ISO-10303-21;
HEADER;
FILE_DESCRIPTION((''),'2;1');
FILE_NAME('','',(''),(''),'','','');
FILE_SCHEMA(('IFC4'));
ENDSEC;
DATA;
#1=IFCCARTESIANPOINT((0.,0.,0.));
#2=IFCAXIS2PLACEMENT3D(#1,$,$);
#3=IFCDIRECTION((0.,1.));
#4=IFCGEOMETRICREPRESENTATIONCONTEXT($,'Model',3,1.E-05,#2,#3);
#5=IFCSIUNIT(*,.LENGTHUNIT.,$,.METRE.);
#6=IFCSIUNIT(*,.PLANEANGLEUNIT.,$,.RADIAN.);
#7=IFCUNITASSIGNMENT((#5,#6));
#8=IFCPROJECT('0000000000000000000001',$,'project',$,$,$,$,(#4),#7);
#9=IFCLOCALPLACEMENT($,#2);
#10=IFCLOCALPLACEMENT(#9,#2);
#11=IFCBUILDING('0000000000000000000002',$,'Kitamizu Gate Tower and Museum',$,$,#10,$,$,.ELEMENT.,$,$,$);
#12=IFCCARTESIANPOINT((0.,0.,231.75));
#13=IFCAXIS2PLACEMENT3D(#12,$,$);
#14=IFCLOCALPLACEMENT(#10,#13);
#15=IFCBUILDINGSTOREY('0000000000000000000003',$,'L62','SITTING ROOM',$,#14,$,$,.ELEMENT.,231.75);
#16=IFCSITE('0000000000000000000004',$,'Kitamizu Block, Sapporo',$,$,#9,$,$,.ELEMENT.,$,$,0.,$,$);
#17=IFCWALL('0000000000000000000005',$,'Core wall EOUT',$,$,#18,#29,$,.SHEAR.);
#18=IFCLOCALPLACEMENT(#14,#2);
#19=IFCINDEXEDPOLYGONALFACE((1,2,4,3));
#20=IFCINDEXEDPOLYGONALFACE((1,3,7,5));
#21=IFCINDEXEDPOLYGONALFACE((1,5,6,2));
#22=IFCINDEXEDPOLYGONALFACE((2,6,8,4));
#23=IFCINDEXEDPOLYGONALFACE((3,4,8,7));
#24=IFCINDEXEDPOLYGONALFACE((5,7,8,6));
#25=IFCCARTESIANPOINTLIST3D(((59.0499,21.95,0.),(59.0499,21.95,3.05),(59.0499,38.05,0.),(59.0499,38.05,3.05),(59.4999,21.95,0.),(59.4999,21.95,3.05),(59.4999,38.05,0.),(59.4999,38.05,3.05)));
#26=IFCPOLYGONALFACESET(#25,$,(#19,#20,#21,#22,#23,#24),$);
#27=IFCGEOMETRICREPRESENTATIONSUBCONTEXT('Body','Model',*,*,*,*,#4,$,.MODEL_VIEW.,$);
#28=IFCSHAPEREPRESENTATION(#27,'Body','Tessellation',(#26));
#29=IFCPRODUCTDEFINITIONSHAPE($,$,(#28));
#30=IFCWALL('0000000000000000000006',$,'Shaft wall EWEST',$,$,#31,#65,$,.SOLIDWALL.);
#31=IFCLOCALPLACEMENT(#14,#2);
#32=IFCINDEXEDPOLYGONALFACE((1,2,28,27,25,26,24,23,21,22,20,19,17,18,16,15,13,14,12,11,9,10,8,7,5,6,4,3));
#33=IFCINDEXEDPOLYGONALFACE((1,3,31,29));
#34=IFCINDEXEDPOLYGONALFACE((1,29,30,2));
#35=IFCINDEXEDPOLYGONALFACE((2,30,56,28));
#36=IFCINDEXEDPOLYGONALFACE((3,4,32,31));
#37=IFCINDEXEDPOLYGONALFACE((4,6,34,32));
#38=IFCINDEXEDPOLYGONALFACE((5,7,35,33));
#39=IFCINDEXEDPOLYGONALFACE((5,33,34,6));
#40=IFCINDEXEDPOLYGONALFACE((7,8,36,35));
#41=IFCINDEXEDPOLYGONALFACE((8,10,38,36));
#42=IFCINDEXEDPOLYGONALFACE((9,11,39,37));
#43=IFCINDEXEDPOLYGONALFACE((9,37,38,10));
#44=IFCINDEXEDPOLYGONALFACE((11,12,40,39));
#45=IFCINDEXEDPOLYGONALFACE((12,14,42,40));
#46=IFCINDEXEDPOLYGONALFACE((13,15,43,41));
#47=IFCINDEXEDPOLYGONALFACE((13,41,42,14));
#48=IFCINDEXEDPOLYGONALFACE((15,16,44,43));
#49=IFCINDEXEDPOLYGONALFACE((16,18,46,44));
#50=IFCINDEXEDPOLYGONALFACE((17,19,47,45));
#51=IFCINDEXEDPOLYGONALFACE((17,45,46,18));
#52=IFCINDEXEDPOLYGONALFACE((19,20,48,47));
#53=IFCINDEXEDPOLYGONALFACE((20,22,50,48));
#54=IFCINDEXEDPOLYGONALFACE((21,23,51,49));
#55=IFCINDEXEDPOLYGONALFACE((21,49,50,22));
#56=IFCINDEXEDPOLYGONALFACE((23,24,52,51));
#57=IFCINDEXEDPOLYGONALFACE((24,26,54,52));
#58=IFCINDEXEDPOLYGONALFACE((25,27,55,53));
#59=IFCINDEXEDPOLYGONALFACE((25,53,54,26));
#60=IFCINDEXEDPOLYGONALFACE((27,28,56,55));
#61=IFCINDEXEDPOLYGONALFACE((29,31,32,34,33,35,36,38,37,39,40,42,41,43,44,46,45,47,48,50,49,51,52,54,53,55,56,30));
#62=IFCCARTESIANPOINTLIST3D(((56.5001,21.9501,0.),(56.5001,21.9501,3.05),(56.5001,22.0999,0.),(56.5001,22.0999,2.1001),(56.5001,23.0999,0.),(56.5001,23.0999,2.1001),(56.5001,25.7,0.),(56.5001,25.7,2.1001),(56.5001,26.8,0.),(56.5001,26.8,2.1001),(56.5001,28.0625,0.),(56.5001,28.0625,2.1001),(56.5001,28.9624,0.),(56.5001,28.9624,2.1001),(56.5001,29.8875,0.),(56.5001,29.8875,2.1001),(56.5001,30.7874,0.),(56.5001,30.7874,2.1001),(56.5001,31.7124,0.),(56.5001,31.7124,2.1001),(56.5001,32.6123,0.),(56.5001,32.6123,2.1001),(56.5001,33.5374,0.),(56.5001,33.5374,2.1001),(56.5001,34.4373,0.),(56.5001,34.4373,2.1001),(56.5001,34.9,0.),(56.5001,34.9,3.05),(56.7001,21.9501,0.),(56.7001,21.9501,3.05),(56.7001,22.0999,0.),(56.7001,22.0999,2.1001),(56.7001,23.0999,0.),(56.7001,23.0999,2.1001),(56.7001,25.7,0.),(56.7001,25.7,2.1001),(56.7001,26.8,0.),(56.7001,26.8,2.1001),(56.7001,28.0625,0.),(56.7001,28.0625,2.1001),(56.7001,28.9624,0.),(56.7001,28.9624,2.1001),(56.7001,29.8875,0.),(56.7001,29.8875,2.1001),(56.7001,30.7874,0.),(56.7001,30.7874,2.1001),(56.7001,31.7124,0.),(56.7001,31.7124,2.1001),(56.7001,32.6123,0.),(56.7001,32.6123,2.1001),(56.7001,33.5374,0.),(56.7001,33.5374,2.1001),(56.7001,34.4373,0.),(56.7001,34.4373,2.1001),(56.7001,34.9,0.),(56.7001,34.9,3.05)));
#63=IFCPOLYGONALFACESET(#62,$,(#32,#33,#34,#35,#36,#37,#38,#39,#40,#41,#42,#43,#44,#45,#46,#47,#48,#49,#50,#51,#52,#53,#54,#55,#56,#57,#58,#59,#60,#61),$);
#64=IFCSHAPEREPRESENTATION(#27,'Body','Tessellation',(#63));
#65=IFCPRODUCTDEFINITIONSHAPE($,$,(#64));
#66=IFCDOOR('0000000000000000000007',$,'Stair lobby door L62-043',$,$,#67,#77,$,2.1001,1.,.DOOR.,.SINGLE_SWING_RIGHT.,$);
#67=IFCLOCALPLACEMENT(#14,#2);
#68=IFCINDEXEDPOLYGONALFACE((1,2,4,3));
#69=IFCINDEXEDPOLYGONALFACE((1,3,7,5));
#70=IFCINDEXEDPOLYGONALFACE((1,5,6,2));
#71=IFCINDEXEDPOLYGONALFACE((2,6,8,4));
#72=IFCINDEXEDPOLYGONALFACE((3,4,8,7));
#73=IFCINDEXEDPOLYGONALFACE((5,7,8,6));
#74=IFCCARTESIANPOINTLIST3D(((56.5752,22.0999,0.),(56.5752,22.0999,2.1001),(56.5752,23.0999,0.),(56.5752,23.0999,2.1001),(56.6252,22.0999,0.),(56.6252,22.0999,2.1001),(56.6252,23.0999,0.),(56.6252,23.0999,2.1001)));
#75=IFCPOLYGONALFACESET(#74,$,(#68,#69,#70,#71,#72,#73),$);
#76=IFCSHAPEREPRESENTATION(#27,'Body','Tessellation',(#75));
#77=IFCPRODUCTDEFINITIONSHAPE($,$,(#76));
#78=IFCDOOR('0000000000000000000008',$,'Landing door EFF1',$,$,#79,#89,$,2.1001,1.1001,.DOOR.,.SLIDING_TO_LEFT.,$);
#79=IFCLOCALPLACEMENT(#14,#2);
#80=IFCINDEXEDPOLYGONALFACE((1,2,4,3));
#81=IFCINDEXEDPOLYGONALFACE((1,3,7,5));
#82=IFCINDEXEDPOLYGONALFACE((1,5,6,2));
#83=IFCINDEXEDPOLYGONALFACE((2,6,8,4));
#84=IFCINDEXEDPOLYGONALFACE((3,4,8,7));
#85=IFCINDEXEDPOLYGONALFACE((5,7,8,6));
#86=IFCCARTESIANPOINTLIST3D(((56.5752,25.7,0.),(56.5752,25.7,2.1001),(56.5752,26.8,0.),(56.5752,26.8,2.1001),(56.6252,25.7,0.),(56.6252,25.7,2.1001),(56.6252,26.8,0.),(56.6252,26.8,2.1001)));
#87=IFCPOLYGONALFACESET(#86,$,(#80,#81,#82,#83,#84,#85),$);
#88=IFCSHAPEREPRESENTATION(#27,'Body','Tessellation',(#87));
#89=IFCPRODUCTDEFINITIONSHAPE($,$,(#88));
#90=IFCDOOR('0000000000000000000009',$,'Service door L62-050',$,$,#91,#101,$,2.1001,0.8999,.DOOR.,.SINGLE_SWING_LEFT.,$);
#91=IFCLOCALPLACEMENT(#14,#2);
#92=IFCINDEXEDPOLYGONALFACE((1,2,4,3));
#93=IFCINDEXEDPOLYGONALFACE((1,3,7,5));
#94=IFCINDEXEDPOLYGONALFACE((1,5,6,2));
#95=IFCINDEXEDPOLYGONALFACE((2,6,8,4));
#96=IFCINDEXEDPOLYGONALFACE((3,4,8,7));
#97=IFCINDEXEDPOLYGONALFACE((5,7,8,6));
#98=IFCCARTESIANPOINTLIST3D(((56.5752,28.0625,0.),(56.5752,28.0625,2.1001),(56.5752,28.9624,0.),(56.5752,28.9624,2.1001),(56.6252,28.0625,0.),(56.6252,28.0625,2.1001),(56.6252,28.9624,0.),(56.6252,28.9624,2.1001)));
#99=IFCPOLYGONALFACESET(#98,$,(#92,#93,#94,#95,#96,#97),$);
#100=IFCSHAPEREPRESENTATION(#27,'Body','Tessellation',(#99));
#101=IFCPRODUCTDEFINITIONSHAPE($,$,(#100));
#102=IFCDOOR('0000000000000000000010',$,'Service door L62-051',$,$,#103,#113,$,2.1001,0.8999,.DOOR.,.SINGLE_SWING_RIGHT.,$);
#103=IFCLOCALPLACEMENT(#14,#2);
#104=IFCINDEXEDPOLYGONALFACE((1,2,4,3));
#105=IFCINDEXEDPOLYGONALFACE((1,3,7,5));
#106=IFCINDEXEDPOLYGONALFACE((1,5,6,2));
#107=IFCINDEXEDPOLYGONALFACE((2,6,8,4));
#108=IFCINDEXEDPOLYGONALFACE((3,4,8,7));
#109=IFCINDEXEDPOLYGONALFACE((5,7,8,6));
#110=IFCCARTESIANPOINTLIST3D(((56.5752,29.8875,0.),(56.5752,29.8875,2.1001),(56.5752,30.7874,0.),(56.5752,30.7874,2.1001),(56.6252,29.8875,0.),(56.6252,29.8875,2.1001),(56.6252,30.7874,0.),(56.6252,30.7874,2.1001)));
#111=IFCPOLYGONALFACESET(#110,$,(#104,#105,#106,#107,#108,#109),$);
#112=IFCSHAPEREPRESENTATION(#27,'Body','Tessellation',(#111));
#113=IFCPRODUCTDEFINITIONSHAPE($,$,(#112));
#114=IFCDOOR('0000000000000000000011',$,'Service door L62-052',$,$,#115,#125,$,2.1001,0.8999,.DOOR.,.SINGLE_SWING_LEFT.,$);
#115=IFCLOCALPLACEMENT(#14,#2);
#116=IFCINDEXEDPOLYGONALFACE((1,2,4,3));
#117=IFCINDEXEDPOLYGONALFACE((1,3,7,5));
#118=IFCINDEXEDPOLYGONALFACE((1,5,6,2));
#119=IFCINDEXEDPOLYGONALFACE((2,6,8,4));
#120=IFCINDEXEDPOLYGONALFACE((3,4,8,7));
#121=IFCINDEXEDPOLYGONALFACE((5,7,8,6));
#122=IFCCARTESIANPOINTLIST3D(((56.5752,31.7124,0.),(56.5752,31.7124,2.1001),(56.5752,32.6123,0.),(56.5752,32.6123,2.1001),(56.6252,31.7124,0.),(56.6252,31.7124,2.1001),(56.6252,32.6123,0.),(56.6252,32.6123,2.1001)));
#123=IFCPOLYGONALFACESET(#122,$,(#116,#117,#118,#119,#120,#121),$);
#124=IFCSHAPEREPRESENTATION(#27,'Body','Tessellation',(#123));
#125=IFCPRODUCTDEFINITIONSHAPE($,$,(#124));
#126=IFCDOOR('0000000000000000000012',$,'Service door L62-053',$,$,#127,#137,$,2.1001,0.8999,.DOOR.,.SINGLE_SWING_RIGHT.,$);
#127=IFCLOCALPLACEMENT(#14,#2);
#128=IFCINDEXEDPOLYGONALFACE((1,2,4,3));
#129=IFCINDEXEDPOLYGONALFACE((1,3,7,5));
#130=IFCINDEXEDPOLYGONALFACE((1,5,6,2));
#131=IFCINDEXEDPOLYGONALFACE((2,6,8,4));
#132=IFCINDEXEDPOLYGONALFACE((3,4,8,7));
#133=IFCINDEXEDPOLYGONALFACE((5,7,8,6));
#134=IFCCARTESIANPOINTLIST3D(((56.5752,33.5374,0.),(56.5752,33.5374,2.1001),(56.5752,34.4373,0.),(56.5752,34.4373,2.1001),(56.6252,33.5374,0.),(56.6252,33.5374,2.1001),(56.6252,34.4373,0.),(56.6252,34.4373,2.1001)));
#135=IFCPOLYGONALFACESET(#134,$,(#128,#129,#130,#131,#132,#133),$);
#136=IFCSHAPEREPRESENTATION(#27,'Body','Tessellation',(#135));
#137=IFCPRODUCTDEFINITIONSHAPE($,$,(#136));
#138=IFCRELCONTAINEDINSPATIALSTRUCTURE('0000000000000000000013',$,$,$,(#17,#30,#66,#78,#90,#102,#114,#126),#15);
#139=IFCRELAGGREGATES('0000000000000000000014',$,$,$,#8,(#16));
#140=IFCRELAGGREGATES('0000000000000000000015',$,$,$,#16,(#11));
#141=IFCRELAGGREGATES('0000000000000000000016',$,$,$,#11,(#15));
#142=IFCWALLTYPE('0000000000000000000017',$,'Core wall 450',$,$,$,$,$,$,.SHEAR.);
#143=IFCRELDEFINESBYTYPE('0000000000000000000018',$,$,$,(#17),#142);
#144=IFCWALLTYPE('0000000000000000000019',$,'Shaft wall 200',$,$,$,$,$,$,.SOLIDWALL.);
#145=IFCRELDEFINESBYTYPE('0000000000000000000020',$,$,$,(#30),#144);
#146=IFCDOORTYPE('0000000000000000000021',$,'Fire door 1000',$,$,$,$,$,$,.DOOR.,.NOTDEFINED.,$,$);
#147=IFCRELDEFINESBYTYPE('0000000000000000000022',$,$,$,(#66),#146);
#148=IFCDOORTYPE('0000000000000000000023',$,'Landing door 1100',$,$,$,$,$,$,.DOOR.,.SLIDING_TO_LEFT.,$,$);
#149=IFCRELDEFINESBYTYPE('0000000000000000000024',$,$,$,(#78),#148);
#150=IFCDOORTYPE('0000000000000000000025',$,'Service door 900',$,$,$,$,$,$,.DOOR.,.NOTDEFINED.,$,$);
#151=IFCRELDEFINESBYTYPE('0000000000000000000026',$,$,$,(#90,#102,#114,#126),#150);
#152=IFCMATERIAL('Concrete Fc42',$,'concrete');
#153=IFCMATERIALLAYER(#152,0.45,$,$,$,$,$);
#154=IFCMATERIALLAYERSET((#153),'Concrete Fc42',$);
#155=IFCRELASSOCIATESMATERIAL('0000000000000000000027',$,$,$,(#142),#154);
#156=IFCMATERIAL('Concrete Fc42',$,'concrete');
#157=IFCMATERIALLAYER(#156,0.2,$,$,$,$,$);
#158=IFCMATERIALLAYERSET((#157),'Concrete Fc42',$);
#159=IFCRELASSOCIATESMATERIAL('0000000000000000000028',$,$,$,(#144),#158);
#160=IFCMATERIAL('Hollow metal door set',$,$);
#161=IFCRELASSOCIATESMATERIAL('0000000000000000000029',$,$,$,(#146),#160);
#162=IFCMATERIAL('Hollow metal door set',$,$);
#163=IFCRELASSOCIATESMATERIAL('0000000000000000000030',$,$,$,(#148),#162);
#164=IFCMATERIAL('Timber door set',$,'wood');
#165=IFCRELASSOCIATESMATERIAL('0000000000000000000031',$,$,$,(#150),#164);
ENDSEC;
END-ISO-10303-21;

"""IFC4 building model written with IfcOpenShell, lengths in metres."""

from ifc_helpers import new_model, si_unit, direction, frame, frame_2d, origin, place, context, subcontext, project, spatial, rectangle, extrude, material, layer, layer_set, type_object, element, fill, save


model = new_model("IFC4")

# Units and contexts
model_context = context("Model", 3, precision=1e-05, world=origin(), true_north=direction((0.0, 1.0)))
body_context = subcontext(model_context, "Body", "Model", "MODEL_VIEW")
ifc_project = project(units=[si_unit("LENGTHUNIT", "METRE"), si_unit("PLANEANGLEUNIT", "RADIAN")], contexts=[model_context])

# Site, building, storey
site_placement = place(None, origin())
site = spatial("IfcSite", under=ifc_project, at=site_placement, Name="Kitamizu Block, Sapporo", CompositionType="ELEMENT", RefElevation=0.0)
building_placement = place(site_placement, origin())
building = spatial("IfcBuilding", under=site, at=building_placement, Name="Kitamizu Gate Tower and Museum", CompositionType="ELEMENT")
storey_placement = place(building_placement, frame((0.0, 0.0, 231.75)))
storey = spatial("IfcBuildingStorey", under=building, at=storey_placement, Name="L62", Description="SITTING ROOM", CompositionType="ELEMENT", Elevation=231.75)

# Wall
ifc_material_1 = material(Name="Concrete Fc42", Category="concrete")
ifc_layer_1 = layer(ifc_material_1, 0.45)
ifc_layer_set_1 = layer_set([ifc_layer_1], Name="Concrete Fc42")
wall_type_1 = type_object("IfcWallType", Name="Core wall 450", PredefinedType="SHEAR", material=ifc_layer_set_1)
wall_1_placement = place(storey_placement, frame((59.2749, 21.95, 0.0), z_axis=(0.0, 0.0, 1.0), x_axis=(0.0, 1.0, 0.0)))
element("IfcWall", 1, at=wall_1_placement, inside=storey, type_object=wall_type_1, Name="Core wall EOUT", PredefinedType="SHEAR", context=body_context, shape_type="SweptSolid", body=[
    extrude(rectangle(XDim=16.1001, YDim=0.45, at=frame_2d((8.05, 0.0))), origin(), (0.0, 0.0, 1.0), 3.05),
])

# Wall, openings, doors
ifc_material_2 = material(Name="Concrete Fc42", Category="concrete")
ifc_layer_2 = layer(ifc_material_2, 0.2)
ifc_layer_set_2 = layer_set([ifc_layer_2], Name="Concrete Fc42")
wall_type_2 = type_object("IfcWallType", Name="Shaft wall 200", PredefinedType="SOLIDWALL", material=ifc_layer_set_2)
wall_2_placement = place(storey_placement, frame((56.6001, 21.95, 0.0), z_axis=(0.0, 0.0, 1.0), x_axis=(0.0, 1.0, 0.0)))
wall_2 = element("IfcWall", 2, at=wall_2_placement, inside=storey, type_object=wall_type_2, Name="Shaft wall EWEST", PredefinedType="SOLIDWALL", context=body_context, shape_type="SweptSolid", body=[
    extrude(rectangle(XDim=12.95, YDim=0.2, at=frame_2d((6.4751, 0.0))), origin(), (0.0, 0.0, 1.0), 3.05),
])
opening_1_placement = place(wall_2_placement, frame((3.75, 0.0, 0.0)))
opening_1 = element("IfcOpeningElement", 3, at=opening_1_placement, cuts=wall_2, PredefinedType="OPENING", context=body_context, shape_type="SweptSolid", body=[
    extrude(rectangle(XDim=1.1001, YDim=2.1001, at=frame_2d((0.55, 1.05))), frame((0.0, 0.1099, 0.0), z_axis=(0.0, -1.0, 0.0), x_axis=(1.0, 0.0, 0.0)), (0.0, 0.0, 1.0), 0.22),
])
opening_2_placement = place(wall_2_placement, frame((0.1499, 0.0, 0.0)))
opening_2 = element("IfcOpeningElement", 4, at=opening_2_placement, cuts=wall_2, PredefinedType="OPENING", context=body_context, shape_type="SweptSolid", body=[
    extrude(rectangle(XDim=1.0, YDim=2.1001, at=frame_2d((0.5, 1.05))), frame((0.0, 0.1099, 0.0), z_axis=(0.0, -1.0, 0.0), x_axis=(1.0, 0.0, 0.0)), (0.0, 0.0, 1.0), 0.22),
])
opening_3_placement = place(wall_2_placement, frame((6.1125, 0.0, 0.0)))
opening_3 = element("IfcOpeningElement", 5, at=opening_3_placement, cuts=wall_2, PredefinedType="OPENING", context=body_context, shape_type="SweptSolid", body=[
    extrude(rectangle(XDim=0.8999, YDim=2.1001, at=frame_2d((0.45, 1.05))), frame((0.0, 0.1099, 0.0), z_axis=(0.0, -1.0, 0.0), x_axis=(1.0, 0.0, 0.0)), (0.0, 0.0, 1.0), 0.22),
])
opening_4_placement = place(wall_2_placement, frame((7.9375, 0.0, 0.0)))
opening_4 = element("IfcOpeningElement", 6, at=opening_4_placement, cuts=wall_2, PredefinedType="OPENING", context=body_context, shape_type="SweptSolid", body=[
    extrude(rectangle(XDim=0.8999, YDim=2.1001, at=frame_2d((0.45, 1.05))), frame((0.0, 0.1099, 0.0), z_axis=(0.0, -1.0, 0.0), x_axis=(1.0, 0.0, 0.0)), (0.0, 0.0, 1.0), 0.22),
])
opening_5_placement = place(wall_2_placement, frame((9.7625, 0.0, 0.0)))
opening_5 = element("IfcOpeningElement", 7, at=opening_5_placement, cuts=wall_2, PredefinedType="OPENING", context=body_context, shape_type="SweptSolid", body=[
    extrude(rectangle(XDim=0.8999, YDim=2.1001, at=frame_2d((0.45, 1.05))), frame((0.0, 0.1099, 0.0), z_axis=(0.0, -1.0, 0.0), x_axis=(1.0, 0.0, 0.0)), (0.0, 0.0, 1.0), 0.22),
])
opening_6_placement = place(wall_2_placement, frame((11.5874, 0.0, 0.0)))
opening_6 = element("IfcOpeningElement", 8, at=opening_6_placement, cuts=wall_2, PredefinedType="OPENING", context=body_context, shape_type="SweptSolid", body=[
    extrude(rectangle(XDim=0.8999, YDim=2.1001, at=frame_2d((0.45, 1.05))), frame((0.0, 0.1099, 0.0), z_axis=(0.0, -1.0, 0.0), x_axis=(1.0, 0.0, 0.0)), (0.0, 0.0, 1.0), 0.22),
])
ifc_material_3 = material(Name="Hollow metal door set")
door_type_1 = type_object("IfcDoorType", Name="Fire door 1000", OperationType="NOTDEFINED", PredefinedType="DOOR", material=ifc_material_3)
door_1_placement = place(opening_2_placement, origin())
door_1 = element("IfcDoor", 9, at=door_1_placement, inside=storey, type_object=door_type_1, Name="Stair lobby door L62-043", OperationType="SINGLE_SWING_RIGHT", OverallHeight=2.1001, OverallWidth=1.0, PredefinedType="DOOR", context=body_context, shape_type="SweptSolid", body=[
    extrude(rectangle(XDim=1.0, YDim=2.1001, at=frame_2d((0.5, 1.05))), frame((0.0, 0.0249, 0.0), z_axis=(0.0, -1.0, 0.0), x_axis=(1.0, 0.0, 0.0)), (0.0, 0.0, 1.0), 0.05),
])
fill(opening_2, door_1)
ifc_material_4 = material(Name="Hollow metal door set")
door_type_2 = type_object("IfcDoorType", Name="Landing door 1100", OperationType="SLIDING_TO_LEFT", PredefinedType="DOOR", material=ifc_material_4)
door_2_placement = place(opening_1_placement, origin())
door_2 = element("IfcDoor", 10, at=door_2_placement, inside=storey, type_object=door_type_2, Name="Landing door EFF1", OperationType="SLIDING_TO_LEFT", OverallHeight=2.1001, OverallWidth=1.1001, PredefinedType="DOOR", context=body_context, shape_type="SweptSolid", body=[
    extrude(rectangle(XDim=1.1001, YDim=2.1001, at=frame_2d((0.55, 1.05))), frame((0.0, 0.0249, 0.0), z_axis=(0.0, -1.0, 0.0), x_axis=(1.0, 0.0, 0.0)), (0.0, 0.0, 1.0), 0.05),
])
fill(opening_1, door_2)
ifc_material_5 = material(Name="Timber door set", Category="wood")
door_type_3 = type_object("IfcDoorType", Name="Service door 900", OperationType="NOTDEFINED", PredefinedType="DOOR", material=ifc_material_5)
door_3_placement = place(opening_3_placement, origin())
door_3 = element("IfcDoor", 11, at=door_3_placement, inside=storey, type_object=door_type_3, Name="Service door L62-050", OperationType="SINGLE_SWING_LEFT", OverallHeight=2.1001, OverallWidth=0.8999, PredefinedType="DOOR", context=body_context, shape_type="SweptSolid", body=[
    extrude(rectangle(XDim=0.8999, YDim=2.1001, at=frame_2d((0.45, 1.05))), frame((0.0, 0.0249, 0.0), z_axis=(0.0, -1.0, 0.0), x_axis=(1.0, 0.0, 0.0)), (0.0, 0.0, 1.0), 0.05),
])
fill(opening_3, door_3)
door_4_placement = place(opening_4_placement, origin())
door_4 = element("IfcDoor", 12, at=door_4_placement, inside=storey, type_object=door_type_3, Name="Service door L62-051", OperationType="SINGLE_SWING_RIGHT", OverallHeight=2.1001, OverallWidth=0.8999, PredefinedType="DOOR", context=body_context, shape_type="SweptSolid", body=[
    extrude(rectangle(XDim=0.8999, YDim=2.1001, at=frame_2d((0.45, 1.05))), frame((0.0, 0.0249, 0.0), z_axis=(0.0, -1.0, 0.0), x_axis=(1.0, 0.0, 0.0)), (0.0, 0.0, 1.0), 0.05),
])
fill(opening_4, door_4)
door_5_placement = place(opening_5_placement, origin())
door_5 = element("IfcDoor", 13, at=door_5_placement, inside=storey, type_object=door_type_3, Name="Service door L62-052", OperationType="SINGLE_SWING_LEFT", OverallHeight=2.1001, OverallWidth=0.8999, PredefinedType="DOOR", context=body_context, shape_type="SweptSolid", body=[
    extrude(rectangle(XDim=0.8999, YDim=2.1001, at=frame_2d((0.45, 1.05))), frame((0.0, 0.0249, 0.0), z_axis=(0.0, -1.0, 0.0), x_axis=(1.0, 0.0, 0.0)), (0.0, 0.0, 1.0), 0.05),
])
fill(opening_5, door_5)
door_6_placement = place(opening_6_placement, origin())
door_6 = element("IfcDoor", 14, at=door_6_placement, inside=storey, type_object=door_type_3, Name="Service door L62-053", OperationType="SINGLE_SWING_RIGHT", OverallHeight=2.1001, OverallWidth=0.8999, PredefinedType="DOOR", context=body_context, shape_type="SweptSolid", body=[
    extrude(rectangle(XDim=0.8999, YDim=2.1001, at=frame_2d((0.45, 1.05))), frame((0.0, 0.0249, 0.0), z_axis=(0.0, -1.0, 0.0), x_axis=(1.0, 0.0, 0.0)), (0.0, 0.0, 1.0), 0.05),
])
fill(opening_6, door_6)

save(model, "model.ifc")
